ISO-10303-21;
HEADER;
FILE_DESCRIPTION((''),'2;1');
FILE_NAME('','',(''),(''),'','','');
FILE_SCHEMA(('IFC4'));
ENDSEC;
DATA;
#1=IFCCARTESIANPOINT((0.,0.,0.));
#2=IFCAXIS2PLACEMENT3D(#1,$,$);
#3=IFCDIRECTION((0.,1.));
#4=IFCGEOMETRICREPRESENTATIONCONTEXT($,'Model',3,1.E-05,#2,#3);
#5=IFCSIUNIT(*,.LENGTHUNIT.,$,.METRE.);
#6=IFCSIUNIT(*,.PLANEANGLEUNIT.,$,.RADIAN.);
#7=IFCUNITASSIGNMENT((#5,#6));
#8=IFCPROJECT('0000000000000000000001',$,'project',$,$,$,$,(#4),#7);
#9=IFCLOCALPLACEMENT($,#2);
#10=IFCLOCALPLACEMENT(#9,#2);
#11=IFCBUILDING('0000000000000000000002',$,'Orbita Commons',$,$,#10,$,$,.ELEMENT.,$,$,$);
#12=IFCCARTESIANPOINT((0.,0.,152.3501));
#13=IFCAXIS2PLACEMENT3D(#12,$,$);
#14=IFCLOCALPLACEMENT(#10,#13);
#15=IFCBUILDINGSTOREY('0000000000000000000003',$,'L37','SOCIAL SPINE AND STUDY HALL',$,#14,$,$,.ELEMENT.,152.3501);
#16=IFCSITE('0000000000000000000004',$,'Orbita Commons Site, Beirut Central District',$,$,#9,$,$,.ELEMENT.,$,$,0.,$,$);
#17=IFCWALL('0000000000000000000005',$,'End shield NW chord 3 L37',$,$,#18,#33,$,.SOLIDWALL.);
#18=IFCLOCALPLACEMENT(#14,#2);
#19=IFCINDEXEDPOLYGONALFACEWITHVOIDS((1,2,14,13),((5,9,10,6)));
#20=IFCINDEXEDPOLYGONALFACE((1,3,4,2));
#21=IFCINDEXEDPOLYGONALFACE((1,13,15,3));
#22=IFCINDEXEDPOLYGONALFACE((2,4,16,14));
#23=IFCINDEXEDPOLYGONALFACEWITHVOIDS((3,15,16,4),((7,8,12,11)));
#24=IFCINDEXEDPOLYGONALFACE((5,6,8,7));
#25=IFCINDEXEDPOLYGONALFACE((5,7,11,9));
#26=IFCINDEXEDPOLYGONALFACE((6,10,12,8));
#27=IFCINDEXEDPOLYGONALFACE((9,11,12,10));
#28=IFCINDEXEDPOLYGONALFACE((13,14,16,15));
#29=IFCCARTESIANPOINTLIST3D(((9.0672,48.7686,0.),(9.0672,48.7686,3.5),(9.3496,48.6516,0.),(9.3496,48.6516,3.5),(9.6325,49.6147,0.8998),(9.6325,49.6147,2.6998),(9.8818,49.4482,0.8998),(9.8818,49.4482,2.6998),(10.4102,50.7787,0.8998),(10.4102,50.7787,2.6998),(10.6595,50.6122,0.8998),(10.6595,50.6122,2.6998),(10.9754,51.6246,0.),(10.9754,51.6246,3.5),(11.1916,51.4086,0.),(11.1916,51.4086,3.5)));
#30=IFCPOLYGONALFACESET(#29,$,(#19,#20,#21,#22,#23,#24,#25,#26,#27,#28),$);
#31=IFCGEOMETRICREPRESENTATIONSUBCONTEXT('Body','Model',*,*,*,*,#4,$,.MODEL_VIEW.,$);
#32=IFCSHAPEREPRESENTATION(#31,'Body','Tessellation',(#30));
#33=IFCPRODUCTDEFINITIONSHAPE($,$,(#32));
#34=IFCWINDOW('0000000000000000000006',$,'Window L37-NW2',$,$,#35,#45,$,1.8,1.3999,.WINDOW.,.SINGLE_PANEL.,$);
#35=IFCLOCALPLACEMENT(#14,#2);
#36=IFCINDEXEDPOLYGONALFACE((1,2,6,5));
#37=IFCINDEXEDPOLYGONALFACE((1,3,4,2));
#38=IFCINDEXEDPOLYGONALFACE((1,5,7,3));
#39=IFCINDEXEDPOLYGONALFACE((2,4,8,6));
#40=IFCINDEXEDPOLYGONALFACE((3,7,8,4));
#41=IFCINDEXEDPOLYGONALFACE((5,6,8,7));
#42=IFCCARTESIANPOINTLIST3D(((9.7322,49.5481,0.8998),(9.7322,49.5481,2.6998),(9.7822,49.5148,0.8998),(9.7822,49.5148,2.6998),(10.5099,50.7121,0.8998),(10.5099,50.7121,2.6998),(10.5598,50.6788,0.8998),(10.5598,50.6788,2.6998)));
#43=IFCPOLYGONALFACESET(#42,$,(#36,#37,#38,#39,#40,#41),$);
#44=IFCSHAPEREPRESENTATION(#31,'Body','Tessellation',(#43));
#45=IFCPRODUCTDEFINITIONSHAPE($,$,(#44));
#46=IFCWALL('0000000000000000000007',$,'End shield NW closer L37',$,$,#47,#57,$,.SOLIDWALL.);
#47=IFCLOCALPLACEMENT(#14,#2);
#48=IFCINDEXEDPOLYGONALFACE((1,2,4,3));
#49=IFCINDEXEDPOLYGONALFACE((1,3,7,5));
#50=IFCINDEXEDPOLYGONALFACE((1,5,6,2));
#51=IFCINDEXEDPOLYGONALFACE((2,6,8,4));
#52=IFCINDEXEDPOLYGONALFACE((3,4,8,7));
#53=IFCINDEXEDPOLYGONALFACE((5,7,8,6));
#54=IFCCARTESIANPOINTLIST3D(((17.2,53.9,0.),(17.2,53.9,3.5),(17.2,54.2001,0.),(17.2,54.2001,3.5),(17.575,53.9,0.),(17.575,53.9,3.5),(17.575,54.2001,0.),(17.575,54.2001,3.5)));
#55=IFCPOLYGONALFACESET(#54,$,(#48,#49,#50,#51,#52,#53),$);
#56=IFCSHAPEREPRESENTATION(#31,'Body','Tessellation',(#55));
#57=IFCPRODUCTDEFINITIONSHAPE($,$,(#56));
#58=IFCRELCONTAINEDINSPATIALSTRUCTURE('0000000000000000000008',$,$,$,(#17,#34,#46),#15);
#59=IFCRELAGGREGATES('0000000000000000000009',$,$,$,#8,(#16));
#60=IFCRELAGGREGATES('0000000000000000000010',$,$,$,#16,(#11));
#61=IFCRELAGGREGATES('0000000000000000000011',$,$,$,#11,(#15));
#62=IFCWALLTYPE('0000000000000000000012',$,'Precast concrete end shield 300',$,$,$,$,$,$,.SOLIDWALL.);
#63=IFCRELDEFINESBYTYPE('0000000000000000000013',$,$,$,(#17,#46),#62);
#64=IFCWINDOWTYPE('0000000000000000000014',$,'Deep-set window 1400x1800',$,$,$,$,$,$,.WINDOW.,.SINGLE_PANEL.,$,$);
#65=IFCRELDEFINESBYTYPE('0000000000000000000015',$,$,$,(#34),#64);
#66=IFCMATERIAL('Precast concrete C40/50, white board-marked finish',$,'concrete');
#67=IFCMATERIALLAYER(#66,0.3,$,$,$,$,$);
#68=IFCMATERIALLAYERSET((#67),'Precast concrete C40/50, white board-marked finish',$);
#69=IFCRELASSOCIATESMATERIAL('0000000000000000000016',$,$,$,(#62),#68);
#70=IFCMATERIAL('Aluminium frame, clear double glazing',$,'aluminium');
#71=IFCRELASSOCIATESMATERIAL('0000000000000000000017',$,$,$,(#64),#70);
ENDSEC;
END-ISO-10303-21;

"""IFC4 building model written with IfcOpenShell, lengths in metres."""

from ifc_helpers import new_model, si_unit, direction, frame, frame_2d, origin, place, context, subcontext, project, spatial, polyline, rectangle, outline, extrude, material, layer, layer_set, type_object, element, fill, save


model = new_model("IFC4")

# Units and contexts
model_context = context("Model", 3, precision=1e-05, world=origin(), true_north=direction((0.0, 1.0)))
body_context = subcontext(model_context, "Body", "Model", "MODEL_VIEW")
ifc_project = project(units=[si_unit("LENGTHUNIT", "METRE"), si_unit("PLANEANGLEUNIT", "RADIAN")], contexts=[model_context])

# Site, building, storey
site_placement = place(None, origin())
site = spatial("IfcSite", under=ifc_project, at=site_placement, Name="Orbita Commons Site, Beirut Central District", CompositionType="ELEMENT", RefElevation=0.0)
building_placement = place(site_placement, origin())
building = spatial("IfcBuilding", under=site, at=building_placement, Name="Orbita Commons", CompositionType="ELEMENT")
storey_placement = place(building_placement, frame((0.0, 0.0, 152.3501)))
storey = spatial("IfcBuildingStorey", under=building, at=storey_placement, Name="L37", Description="SOCIAL SPINE AND STUDY HALL", CompositionType="ELEMENT", Elevation=152.3501)

# Wall, opening, window
ifc_material_1 = material(Name="Precast concrete C40/50, white board-marked finish", Category="concrete")
ifc_layer_1 = layer(ifc_material_1, 0.3)
ifc_layer_set_1 = layer_set([ifc_layer_1], Name="Precast concrete C40/50, white board-marked finish")
wall_type_1 = type_object("IfcWallType", Name="Precast concrete end shield 300", PredefinedType="SOLIDWALL", material=ifc_layer_set_1)
ifc_material_2 = material(Name="Aluminium frame, clear double glazing", Category="aluminium")
window_type = type_object("IfcWindowType", Name="Deep-set window 1400x1800", PartitioningType="SINGLE_PANEL", PredefinedType="WINDOW", material=ifc_material_2)
wall_1_placement = place(storey_placement, frame((11.0835, 51.5166, 0.0), z_axis=(0.0, 0.0, 1.0), x_axis=(-0.555535, -0.831493, 0.0)))
wall_1 = element("IfcWall", 1, at=wall_1_placement, inside=storey, type_object=wall_type_1, Name="End shield NW chord 3 L37", PredefinedType="SOLIDWALL", context=body_context, shape_type="SweptSolid", body=[
    extrude(outline(polyline([(-0.0298, -0.1499), (3.405, -0.1499), (3.3455, 0.1499), (0.0298, 0.1499), (-0.0298, -0.1499)])), origin(), (0.0, 0.0, 1.0), 3.5),
])
opening_1_placement = place(wall_1_placement, frame((0.9875, 0.0, 0.8999)))
opening_1 = element("IfcOpeningElement", 2, at=opening_1_placement, cuts=wall_1, PredefinedType="OPENING", context=body_context, shape_type="SweptSolid", body=[
    extrude(rectangle(XDim=1.3999, YDim=1.8, at=frame_2d((0.7, 0.8999))), frame((0.0, 0.1599, 0.0), z_axis=(0.0, -1.0, 0.0), x_axis=(1.0, 0.0, 0.0)), (0.0, 0.0, 1.0), 0.3201),
])
window_1_placement = place(opening_1_placement, origin())
window_1 = element("IfcWindow", 3, at=window_1_placement, inside=storey, type_object=window_type, Name="Window L37-NW2", OverallHeight=1.8, OverallWidth=1.3999, PartitioningType="SINGLE_PANEL", PredefinedType="WINDOW", context=body_context, shape_type="SweptSolid", body=[
    extrude(rectangle(XDim=1.3999, YDim=1.8, at=frame_2d((0.7, 0.8999))), frame((0.0, 0.03, 0.0), z_axis=(0.0, -1.0, 0.0), x_axis=(1.0, 0.0, 0.0)), (0.0, 0.0, 1.0), 0.0601),
])
fill(opening_1, window_1)

# Wall
wall_2_placement = place(storey_placement, frame((17.2, 54.05, 0.0), z_axis=(0.0, 0.0, 1.0), x_axis=(1.0, 0.0, 0.0)))
element("IfcWall", 4, at=wall_2_placement, inside=storey, type_object=wall_type_1, Name="End shield NW closer L37", PredefinedType="SOLIDWALL", context=body_context, shape_type="SweptSolid", body=[
    extrude(rectangle(XDim=0.375, YDim=0.3, at=frame_2d((0.1875, 0.0))), origin(), (0.0, 0.0, 1.0), 3.5),
])

save(model, "model.ifc")
